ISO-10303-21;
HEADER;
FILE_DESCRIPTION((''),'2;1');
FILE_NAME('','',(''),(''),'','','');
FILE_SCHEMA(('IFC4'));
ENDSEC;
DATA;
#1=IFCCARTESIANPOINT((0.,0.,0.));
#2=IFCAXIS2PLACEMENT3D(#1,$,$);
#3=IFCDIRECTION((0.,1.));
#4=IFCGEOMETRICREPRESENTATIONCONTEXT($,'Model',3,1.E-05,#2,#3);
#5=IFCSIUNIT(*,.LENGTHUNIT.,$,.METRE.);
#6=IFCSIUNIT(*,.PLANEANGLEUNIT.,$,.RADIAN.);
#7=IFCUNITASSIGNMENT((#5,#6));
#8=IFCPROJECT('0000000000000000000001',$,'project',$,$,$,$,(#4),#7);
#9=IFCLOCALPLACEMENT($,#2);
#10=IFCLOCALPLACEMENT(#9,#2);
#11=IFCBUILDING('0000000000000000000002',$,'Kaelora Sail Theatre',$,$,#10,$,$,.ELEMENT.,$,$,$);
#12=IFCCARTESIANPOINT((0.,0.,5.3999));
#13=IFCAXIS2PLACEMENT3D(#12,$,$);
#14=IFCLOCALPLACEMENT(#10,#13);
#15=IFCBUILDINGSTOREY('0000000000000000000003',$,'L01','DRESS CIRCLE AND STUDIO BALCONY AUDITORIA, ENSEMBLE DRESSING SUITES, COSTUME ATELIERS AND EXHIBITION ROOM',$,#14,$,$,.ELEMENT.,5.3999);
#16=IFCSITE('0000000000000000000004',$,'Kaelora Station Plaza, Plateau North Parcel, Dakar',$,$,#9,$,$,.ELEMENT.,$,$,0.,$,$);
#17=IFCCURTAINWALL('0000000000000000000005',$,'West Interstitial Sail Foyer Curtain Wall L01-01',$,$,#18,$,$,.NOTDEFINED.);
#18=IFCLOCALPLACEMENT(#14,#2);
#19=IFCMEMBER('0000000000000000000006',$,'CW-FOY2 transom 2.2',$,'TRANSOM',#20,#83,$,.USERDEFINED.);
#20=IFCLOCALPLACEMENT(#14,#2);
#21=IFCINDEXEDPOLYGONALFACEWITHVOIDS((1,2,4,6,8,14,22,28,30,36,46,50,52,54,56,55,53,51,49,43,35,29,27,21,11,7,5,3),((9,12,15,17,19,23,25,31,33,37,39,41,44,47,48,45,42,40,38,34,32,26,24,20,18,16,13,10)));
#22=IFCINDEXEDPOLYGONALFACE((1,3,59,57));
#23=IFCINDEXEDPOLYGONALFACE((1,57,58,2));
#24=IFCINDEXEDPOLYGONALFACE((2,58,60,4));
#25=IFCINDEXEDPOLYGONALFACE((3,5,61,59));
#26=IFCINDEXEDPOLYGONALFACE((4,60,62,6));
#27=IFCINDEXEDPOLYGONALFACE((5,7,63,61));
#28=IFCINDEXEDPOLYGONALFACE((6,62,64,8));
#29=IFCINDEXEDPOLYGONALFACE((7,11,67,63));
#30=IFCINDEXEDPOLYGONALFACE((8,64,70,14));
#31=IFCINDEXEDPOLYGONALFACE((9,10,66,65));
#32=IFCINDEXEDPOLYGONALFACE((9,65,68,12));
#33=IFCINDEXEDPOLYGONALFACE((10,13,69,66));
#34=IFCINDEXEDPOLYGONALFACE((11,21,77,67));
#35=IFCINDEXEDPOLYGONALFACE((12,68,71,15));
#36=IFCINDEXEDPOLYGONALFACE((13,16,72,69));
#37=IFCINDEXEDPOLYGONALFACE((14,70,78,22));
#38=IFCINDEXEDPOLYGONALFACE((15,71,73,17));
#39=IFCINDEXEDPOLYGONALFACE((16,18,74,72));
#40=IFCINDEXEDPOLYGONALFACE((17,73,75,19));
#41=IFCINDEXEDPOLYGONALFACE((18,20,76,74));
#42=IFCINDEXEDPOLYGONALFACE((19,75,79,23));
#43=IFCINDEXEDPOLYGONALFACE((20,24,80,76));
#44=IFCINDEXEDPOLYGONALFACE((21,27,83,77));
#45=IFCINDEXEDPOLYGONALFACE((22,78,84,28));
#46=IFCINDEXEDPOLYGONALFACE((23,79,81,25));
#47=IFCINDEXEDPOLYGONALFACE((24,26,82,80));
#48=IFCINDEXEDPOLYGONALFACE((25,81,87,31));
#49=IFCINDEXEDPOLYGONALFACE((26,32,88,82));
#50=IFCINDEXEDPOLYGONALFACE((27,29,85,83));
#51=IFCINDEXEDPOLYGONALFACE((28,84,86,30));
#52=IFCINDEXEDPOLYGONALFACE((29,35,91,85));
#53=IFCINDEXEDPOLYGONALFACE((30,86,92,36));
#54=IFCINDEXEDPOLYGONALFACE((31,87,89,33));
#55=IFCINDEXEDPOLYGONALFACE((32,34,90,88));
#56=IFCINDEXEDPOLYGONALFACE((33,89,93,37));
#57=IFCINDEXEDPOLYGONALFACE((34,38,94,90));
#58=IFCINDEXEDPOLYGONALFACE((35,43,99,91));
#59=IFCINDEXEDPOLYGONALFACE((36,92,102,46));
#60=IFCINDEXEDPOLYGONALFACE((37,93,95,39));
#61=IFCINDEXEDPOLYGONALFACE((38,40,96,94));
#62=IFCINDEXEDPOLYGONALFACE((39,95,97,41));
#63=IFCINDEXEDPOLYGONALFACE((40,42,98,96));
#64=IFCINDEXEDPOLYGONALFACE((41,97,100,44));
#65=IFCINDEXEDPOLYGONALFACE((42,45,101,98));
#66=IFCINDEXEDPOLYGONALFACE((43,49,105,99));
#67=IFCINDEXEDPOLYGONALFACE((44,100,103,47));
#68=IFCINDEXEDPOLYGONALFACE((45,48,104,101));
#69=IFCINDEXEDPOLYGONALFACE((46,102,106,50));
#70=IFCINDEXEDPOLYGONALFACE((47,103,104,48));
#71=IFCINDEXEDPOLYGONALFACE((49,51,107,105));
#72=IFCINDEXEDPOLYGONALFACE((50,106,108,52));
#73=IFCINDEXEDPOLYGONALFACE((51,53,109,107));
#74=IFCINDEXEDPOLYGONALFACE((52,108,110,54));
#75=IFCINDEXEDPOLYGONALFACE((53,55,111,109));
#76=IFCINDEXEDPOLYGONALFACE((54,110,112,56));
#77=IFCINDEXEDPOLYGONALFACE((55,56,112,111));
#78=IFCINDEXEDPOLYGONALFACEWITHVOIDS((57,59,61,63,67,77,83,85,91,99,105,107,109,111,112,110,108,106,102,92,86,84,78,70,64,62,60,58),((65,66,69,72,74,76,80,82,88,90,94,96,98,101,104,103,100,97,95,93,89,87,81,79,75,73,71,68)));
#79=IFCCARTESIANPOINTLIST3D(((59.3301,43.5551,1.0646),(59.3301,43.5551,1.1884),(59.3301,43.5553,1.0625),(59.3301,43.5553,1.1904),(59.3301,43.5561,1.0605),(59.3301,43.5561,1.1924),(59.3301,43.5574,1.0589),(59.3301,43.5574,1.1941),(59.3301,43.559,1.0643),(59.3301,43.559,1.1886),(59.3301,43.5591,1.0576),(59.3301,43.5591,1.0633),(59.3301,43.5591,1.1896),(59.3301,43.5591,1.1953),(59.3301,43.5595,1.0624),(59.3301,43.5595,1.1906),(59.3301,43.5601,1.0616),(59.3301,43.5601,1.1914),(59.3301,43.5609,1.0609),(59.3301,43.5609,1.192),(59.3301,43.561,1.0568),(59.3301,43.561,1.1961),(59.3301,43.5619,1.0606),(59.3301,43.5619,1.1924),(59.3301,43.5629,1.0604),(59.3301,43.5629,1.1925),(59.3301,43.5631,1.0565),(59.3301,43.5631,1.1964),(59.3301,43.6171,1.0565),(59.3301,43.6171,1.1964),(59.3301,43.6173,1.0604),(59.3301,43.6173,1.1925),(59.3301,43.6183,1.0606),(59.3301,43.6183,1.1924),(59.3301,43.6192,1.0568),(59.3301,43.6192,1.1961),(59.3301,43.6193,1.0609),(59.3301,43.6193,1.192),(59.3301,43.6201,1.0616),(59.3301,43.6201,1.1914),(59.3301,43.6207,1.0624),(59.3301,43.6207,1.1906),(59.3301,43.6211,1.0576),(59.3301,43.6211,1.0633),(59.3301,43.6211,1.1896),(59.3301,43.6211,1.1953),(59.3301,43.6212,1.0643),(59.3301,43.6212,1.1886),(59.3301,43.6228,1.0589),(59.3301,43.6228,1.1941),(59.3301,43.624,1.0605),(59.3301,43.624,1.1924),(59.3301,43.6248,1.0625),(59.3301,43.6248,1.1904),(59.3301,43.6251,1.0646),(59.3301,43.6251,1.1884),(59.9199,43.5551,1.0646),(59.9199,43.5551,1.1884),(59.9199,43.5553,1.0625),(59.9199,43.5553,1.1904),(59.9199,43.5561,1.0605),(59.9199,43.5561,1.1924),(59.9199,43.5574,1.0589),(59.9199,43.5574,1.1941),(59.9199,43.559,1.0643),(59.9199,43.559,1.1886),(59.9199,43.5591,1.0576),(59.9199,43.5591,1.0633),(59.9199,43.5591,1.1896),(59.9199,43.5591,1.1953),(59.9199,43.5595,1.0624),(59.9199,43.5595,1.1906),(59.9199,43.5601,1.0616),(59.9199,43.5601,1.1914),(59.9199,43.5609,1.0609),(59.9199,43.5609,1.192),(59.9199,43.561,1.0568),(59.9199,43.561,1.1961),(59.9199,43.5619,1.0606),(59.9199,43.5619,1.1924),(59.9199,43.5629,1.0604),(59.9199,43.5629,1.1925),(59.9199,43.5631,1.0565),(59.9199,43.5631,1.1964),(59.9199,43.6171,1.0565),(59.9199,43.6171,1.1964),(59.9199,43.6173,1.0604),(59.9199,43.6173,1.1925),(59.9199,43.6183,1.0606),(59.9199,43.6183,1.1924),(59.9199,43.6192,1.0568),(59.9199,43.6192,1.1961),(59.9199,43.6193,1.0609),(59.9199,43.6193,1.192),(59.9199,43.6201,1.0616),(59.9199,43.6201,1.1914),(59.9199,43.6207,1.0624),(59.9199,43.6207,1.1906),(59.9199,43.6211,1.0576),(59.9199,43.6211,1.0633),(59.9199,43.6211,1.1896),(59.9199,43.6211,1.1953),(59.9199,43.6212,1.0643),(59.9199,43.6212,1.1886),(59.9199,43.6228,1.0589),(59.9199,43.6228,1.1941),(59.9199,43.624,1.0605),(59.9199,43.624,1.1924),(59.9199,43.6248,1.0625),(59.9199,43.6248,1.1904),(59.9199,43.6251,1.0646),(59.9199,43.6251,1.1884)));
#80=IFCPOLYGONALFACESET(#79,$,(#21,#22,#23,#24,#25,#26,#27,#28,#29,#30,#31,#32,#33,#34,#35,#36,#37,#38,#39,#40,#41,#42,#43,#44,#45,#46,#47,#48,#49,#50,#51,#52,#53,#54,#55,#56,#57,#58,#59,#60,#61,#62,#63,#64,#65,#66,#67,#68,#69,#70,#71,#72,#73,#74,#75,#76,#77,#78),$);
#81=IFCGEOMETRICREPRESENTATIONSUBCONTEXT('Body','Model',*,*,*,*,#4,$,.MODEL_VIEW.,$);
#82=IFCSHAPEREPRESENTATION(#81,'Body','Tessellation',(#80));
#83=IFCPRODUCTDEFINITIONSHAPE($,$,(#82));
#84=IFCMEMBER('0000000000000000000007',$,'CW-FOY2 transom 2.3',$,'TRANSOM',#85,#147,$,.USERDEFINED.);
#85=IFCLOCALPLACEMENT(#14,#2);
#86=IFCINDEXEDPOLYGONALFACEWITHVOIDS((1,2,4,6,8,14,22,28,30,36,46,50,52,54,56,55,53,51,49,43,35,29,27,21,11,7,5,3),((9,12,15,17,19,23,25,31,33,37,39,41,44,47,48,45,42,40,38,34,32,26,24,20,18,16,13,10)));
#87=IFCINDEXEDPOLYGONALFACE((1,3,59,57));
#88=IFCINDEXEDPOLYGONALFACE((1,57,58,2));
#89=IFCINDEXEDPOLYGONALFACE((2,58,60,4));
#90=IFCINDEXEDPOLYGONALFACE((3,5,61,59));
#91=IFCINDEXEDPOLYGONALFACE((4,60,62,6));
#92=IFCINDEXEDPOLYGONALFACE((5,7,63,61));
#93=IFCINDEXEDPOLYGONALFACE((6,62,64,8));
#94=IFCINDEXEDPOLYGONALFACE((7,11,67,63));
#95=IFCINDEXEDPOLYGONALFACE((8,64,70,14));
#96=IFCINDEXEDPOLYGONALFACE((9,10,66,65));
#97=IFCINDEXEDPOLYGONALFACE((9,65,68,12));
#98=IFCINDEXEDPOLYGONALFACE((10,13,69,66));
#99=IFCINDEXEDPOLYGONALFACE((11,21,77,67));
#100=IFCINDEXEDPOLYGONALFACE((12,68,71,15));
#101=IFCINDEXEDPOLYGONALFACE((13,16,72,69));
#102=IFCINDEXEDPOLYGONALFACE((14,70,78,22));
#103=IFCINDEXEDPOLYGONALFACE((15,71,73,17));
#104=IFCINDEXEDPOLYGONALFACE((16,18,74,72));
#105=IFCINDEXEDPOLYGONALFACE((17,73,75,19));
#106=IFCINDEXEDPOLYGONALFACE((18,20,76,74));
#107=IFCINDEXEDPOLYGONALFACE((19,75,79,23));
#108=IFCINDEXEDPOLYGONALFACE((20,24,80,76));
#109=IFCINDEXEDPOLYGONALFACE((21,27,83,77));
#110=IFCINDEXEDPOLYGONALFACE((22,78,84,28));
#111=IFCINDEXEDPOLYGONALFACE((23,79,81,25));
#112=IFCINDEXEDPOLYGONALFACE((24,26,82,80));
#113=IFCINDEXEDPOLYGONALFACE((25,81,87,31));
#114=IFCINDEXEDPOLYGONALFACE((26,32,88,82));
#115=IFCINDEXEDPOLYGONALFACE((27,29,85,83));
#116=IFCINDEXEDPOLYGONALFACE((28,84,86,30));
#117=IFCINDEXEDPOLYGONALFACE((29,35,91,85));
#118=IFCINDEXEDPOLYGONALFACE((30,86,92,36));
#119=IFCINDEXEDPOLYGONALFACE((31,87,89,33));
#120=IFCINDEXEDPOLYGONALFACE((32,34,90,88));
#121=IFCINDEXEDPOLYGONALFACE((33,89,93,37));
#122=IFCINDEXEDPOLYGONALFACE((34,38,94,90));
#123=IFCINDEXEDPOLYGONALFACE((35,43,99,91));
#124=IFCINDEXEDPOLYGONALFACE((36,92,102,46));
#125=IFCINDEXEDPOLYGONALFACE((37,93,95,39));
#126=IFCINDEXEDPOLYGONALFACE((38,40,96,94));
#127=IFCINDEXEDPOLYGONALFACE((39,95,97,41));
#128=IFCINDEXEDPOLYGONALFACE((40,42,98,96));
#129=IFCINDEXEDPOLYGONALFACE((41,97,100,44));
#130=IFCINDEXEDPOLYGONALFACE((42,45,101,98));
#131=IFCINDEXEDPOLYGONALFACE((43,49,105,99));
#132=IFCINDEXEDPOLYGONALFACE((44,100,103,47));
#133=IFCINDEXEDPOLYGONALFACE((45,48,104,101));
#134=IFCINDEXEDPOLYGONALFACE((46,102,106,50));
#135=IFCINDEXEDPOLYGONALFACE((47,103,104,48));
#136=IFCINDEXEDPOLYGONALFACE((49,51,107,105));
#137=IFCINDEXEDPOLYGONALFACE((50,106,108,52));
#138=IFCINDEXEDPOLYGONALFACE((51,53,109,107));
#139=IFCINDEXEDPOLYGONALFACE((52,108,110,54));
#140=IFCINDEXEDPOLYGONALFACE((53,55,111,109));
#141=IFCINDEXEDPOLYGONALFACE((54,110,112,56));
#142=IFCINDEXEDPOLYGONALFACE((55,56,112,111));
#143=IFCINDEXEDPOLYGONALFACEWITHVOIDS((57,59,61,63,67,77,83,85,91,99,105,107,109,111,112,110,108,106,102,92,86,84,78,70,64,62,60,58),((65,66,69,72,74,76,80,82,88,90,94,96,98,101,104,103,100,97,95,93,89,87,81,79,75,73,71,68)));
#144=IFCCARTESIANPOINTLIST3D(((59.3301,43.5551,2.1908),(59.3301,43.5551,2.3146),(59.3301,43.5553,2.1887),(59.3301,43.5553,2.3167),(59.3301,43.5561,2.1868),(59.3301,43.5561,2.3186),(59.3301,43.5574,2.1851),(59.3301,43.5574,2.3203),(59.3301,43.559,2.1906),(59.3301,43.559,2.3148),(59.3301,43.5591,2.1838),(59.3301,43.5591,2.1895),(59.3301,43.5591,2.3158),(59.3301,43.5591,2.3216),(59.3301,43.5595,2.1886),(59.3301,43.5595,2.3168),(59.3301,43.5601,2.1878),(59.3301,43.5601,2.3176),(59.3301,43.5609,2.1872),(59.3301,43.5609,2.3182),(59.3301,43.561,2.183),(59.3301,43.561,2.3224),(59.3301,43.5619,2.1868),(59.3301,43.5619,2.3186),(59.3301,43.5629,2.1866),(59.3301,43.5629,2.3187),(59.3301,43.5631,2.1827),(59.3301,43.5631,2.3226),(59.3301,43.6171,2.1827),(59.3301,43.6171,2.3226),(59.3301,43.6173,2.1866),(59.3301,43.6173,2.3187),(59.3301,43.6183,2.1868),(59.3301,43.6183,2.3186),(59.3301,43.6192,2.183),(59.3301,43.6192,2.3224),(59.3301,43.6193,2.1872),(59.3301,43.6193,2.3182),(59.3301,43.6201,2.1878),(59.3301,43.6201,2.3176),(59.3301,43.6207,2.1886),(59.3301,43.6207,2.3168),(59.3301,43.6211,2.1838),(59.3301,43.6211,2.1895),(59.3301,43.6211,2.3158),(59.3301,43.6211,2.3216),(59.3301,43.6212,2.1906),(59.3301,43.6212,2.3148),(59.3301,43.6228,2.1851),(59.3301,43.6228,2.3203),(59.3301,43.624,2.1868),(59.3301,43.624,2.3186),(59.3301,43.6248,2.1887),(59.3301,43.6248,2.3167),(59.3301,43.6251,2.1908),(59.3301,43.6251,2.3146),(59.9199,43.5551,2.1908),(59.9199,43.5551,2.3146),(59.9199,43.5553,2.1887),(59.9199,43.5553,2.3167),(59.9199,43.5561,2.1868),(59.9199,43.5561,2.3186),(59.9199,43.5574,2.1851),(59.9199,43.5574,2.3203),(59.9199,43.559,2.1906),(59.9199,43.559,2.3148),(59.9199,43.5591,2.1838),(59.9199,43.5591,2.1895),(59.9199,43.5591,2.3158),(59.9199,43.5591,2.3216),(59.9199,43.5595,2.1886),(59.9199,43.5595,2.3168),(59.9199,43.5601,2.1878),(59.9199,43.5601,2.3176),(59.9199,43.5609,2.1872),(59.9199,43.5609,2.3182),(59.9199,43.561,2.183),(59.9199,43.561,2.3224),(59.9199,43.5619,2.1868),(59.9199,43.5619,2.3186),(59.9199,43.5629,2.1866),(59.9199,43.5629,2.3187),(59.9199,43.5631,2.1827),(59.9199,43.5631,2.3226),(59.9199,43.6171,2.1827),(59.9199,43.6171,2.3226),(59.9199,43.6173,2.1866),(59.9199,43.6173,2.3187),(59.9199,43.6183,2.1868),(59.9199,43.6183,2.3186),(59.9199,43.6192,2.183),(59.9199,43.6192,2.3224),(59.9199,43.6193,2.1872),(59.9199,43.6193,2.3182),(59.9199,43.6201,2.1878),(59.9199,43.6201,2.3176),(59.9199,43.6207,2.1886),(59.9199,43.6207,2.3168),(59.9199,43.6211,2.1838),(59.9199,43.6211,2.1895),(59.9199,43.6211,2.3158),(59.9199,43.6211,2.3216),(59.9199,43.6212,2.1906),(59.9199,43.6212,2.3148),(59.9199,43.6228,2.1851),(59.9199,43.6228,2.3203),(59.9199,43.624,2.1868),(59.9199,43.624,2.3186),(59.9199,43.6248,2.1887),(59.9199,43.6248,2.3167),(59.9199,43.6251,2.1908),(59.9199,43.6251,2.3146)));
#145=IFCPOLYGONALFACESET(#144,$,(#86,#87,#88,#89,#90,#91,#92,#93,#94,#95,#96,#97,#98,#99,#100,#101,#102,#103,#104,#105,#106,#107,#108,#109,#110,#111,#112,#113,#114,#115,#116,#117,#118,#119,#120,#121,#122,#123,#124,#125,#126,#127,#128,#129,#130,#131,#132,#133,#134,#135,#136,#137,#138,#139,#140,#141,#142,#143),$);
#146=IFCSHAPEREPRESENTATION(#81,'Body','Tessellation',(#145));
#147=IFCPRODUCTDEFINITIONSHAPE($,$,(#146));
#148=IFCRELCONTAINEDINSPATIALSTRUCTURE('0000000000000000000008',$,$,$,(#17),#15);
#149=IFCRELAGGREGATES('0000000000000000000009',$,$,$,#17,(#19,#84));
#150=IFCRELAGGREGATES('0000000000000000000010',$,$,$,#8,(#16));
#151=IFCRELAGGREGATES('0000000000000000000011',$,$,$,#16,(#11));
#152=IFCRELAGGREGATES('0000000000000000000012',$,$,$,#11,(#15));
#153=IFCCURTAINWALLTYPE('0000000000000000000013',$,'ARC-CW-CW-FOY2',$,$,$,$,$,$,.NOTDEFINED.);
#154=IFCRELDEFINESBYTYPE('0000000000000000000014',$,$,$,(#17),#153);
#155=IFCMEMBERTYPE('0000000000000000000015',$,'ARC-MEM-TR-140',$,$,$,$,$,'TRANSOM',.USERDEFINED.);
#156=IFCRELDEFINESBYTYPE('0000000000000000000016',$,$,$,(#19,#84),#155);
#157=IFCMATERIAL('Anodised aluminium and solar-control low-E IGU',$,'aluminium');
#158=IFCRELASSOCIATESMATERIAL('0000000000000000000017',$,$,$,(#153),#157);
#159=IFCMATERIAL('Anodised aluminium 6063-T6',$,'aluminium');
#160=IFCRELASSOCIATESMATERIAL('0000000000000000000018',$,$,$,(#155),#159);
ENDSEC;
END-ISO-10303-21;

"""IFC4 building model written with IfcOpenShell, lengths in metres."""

from ifc_helpers import new_model, si_unit, direction, frame, origin, origin_2d, place, context, subcontext, project, spatial, hollow_rectangle, extrude, material, material_profile, profile_set, type_object, element, aggregate, save


model = new_model("IFC4")

# Units and contexts
model_context = context("Model", 3, precision=1e-05, world=origin(), true_north=direction((0.0, 1.0)))
body_context = subcontext(model_context, "Body", "Model", "MODEL_VIEW")
ifc_project = project(units=[si_unit("LENGTHUNIT", "METRE"), si_unit("PLANEANGLEUNIT", "RADIAN")], contexts=[model_context])

# Site, building, storey
site_placement = place(None, origin())
site = spatial("IfcSite", under=ifc_project, at=site_placement, Name="Kaelora Station Plaza, Plateau North Parcel, Dakar", CompositionType="ELEMENT", RefElevation=0.0)
building_placement = place(site_placement, origin())
building = spatial("IfcBuilding", under=site, at=building_placement, Name="Kaelora Sail Theatre", CompositionType="ELEMENT")
storey_placement = place(building_placement, frame((0.0, 0.0, 5.3999)))
storey = spatial("IfcBuildingStorey", under=building, at=storey_placement, Name="L01", Description="DRESS CIRCLE AND STUDIO BALCONY AUDITORIA, ENSEMBLE DRESSING SUITES, COSTUME ATELIERS AND EXHIBITION ROOM", CompositionType="ELEMENT", Elevation=5.3999)

# Curtain wall, members
ifc_material_1 = material(Name="Anodised aluminium and solar-control low-E IGU", Category="aluminium")
curtain_wall_type = type_object("IfcCurtainWallType", Name="ARC-CW-CW-FOY2", PredefinedType="NOTDEFINED", material=ifc_material_1)
curtain_wall_placement = place(storey_placement, origin())
curtain_wall = element("IfcCurtainWall", 1, at=curtain_wall_placement, inside=storey, type_object=curtain_wall_type, Name="West Interstitial Sail Foyer Curtain Wall L01-01", PredefinedType="NOTDEFINED")
ifc_material_2 = material(Name="Anodised aluminium 6063-T6", Category="aluminium")
ifc_material_profile_1 = material_profile(ifc_material_2, hollow_rectangle(XDim=0.0701, YDim=0.1399, WallThickness=0.0039, InnerFilletRadius=0.0039, OuterFilletRadius=0.0081, at=origin_2d()), Name="ALU-TRAN 70x140x4")
ifc_profile_set_1 = profile_set([ifc_material_profile_1], Name="Anodised aluminium 6063-T6")
member_type_1 = type_object("IfcMemberType", Name="ARC-MEM-TR-140", ElementType="TRANSOM", PredefinedType="USERDEFINED", material=ifc_profile_set_1)
member_1_placement = place(storey_placement, frame((59.3301, 43.5901, 1.1265), z_axis=(1.0, 0.0, 0.0), x_axis=(0.0, 1.0, 0.0)))
member_1 = element("IfcMember", 2, at=member_1_placement, type_object=member_type_1, Name="CW-FOY2 transom 2.2", ObjectType="TRANSOM", PredefinedType="USERDEFINED", context=body_context, shape_type="SweptSolid", body=[
    extrude(hollow_rectangle(XDim=0.0701, YDim=0.1399, WallThickness=0.0039, InnerFilletRadius=0.0039, OuterFilletRadius=0.0081, at=origin_2d()), origin(), (0.0, 0.0, 1.0), 0.5898),
])
member_2_placement = place(storey_placement, frame((59.3301, 43.5901, 2.2527), z_axis=(1.0, 0.0, 0.0), x_axis=(0.0, 1.0, 0.0)))
member_2 = element("IfcMember", 3, at=member_2_placement, type_object=member_type_1, Name="CW-FOY2 transom 2.3", ObjectType="TRANSOM", PredefinedType="USERDEFINED", context=body_context, shape_type="SweptSolid", body=[
    extrude(hollow_rectangle(XDim=0.0701, YDim=0.1399, WallThickness=0.0039, InnerFilletRadius=0.0039, OuterFilletRadius=0.0081, at=origin_2d()), origin(), (0.0, 0.0, 1.0), 0.5898),
])
aggregate(curtain_wall, [member_1, member_2])

save(model, "model.ifc")
